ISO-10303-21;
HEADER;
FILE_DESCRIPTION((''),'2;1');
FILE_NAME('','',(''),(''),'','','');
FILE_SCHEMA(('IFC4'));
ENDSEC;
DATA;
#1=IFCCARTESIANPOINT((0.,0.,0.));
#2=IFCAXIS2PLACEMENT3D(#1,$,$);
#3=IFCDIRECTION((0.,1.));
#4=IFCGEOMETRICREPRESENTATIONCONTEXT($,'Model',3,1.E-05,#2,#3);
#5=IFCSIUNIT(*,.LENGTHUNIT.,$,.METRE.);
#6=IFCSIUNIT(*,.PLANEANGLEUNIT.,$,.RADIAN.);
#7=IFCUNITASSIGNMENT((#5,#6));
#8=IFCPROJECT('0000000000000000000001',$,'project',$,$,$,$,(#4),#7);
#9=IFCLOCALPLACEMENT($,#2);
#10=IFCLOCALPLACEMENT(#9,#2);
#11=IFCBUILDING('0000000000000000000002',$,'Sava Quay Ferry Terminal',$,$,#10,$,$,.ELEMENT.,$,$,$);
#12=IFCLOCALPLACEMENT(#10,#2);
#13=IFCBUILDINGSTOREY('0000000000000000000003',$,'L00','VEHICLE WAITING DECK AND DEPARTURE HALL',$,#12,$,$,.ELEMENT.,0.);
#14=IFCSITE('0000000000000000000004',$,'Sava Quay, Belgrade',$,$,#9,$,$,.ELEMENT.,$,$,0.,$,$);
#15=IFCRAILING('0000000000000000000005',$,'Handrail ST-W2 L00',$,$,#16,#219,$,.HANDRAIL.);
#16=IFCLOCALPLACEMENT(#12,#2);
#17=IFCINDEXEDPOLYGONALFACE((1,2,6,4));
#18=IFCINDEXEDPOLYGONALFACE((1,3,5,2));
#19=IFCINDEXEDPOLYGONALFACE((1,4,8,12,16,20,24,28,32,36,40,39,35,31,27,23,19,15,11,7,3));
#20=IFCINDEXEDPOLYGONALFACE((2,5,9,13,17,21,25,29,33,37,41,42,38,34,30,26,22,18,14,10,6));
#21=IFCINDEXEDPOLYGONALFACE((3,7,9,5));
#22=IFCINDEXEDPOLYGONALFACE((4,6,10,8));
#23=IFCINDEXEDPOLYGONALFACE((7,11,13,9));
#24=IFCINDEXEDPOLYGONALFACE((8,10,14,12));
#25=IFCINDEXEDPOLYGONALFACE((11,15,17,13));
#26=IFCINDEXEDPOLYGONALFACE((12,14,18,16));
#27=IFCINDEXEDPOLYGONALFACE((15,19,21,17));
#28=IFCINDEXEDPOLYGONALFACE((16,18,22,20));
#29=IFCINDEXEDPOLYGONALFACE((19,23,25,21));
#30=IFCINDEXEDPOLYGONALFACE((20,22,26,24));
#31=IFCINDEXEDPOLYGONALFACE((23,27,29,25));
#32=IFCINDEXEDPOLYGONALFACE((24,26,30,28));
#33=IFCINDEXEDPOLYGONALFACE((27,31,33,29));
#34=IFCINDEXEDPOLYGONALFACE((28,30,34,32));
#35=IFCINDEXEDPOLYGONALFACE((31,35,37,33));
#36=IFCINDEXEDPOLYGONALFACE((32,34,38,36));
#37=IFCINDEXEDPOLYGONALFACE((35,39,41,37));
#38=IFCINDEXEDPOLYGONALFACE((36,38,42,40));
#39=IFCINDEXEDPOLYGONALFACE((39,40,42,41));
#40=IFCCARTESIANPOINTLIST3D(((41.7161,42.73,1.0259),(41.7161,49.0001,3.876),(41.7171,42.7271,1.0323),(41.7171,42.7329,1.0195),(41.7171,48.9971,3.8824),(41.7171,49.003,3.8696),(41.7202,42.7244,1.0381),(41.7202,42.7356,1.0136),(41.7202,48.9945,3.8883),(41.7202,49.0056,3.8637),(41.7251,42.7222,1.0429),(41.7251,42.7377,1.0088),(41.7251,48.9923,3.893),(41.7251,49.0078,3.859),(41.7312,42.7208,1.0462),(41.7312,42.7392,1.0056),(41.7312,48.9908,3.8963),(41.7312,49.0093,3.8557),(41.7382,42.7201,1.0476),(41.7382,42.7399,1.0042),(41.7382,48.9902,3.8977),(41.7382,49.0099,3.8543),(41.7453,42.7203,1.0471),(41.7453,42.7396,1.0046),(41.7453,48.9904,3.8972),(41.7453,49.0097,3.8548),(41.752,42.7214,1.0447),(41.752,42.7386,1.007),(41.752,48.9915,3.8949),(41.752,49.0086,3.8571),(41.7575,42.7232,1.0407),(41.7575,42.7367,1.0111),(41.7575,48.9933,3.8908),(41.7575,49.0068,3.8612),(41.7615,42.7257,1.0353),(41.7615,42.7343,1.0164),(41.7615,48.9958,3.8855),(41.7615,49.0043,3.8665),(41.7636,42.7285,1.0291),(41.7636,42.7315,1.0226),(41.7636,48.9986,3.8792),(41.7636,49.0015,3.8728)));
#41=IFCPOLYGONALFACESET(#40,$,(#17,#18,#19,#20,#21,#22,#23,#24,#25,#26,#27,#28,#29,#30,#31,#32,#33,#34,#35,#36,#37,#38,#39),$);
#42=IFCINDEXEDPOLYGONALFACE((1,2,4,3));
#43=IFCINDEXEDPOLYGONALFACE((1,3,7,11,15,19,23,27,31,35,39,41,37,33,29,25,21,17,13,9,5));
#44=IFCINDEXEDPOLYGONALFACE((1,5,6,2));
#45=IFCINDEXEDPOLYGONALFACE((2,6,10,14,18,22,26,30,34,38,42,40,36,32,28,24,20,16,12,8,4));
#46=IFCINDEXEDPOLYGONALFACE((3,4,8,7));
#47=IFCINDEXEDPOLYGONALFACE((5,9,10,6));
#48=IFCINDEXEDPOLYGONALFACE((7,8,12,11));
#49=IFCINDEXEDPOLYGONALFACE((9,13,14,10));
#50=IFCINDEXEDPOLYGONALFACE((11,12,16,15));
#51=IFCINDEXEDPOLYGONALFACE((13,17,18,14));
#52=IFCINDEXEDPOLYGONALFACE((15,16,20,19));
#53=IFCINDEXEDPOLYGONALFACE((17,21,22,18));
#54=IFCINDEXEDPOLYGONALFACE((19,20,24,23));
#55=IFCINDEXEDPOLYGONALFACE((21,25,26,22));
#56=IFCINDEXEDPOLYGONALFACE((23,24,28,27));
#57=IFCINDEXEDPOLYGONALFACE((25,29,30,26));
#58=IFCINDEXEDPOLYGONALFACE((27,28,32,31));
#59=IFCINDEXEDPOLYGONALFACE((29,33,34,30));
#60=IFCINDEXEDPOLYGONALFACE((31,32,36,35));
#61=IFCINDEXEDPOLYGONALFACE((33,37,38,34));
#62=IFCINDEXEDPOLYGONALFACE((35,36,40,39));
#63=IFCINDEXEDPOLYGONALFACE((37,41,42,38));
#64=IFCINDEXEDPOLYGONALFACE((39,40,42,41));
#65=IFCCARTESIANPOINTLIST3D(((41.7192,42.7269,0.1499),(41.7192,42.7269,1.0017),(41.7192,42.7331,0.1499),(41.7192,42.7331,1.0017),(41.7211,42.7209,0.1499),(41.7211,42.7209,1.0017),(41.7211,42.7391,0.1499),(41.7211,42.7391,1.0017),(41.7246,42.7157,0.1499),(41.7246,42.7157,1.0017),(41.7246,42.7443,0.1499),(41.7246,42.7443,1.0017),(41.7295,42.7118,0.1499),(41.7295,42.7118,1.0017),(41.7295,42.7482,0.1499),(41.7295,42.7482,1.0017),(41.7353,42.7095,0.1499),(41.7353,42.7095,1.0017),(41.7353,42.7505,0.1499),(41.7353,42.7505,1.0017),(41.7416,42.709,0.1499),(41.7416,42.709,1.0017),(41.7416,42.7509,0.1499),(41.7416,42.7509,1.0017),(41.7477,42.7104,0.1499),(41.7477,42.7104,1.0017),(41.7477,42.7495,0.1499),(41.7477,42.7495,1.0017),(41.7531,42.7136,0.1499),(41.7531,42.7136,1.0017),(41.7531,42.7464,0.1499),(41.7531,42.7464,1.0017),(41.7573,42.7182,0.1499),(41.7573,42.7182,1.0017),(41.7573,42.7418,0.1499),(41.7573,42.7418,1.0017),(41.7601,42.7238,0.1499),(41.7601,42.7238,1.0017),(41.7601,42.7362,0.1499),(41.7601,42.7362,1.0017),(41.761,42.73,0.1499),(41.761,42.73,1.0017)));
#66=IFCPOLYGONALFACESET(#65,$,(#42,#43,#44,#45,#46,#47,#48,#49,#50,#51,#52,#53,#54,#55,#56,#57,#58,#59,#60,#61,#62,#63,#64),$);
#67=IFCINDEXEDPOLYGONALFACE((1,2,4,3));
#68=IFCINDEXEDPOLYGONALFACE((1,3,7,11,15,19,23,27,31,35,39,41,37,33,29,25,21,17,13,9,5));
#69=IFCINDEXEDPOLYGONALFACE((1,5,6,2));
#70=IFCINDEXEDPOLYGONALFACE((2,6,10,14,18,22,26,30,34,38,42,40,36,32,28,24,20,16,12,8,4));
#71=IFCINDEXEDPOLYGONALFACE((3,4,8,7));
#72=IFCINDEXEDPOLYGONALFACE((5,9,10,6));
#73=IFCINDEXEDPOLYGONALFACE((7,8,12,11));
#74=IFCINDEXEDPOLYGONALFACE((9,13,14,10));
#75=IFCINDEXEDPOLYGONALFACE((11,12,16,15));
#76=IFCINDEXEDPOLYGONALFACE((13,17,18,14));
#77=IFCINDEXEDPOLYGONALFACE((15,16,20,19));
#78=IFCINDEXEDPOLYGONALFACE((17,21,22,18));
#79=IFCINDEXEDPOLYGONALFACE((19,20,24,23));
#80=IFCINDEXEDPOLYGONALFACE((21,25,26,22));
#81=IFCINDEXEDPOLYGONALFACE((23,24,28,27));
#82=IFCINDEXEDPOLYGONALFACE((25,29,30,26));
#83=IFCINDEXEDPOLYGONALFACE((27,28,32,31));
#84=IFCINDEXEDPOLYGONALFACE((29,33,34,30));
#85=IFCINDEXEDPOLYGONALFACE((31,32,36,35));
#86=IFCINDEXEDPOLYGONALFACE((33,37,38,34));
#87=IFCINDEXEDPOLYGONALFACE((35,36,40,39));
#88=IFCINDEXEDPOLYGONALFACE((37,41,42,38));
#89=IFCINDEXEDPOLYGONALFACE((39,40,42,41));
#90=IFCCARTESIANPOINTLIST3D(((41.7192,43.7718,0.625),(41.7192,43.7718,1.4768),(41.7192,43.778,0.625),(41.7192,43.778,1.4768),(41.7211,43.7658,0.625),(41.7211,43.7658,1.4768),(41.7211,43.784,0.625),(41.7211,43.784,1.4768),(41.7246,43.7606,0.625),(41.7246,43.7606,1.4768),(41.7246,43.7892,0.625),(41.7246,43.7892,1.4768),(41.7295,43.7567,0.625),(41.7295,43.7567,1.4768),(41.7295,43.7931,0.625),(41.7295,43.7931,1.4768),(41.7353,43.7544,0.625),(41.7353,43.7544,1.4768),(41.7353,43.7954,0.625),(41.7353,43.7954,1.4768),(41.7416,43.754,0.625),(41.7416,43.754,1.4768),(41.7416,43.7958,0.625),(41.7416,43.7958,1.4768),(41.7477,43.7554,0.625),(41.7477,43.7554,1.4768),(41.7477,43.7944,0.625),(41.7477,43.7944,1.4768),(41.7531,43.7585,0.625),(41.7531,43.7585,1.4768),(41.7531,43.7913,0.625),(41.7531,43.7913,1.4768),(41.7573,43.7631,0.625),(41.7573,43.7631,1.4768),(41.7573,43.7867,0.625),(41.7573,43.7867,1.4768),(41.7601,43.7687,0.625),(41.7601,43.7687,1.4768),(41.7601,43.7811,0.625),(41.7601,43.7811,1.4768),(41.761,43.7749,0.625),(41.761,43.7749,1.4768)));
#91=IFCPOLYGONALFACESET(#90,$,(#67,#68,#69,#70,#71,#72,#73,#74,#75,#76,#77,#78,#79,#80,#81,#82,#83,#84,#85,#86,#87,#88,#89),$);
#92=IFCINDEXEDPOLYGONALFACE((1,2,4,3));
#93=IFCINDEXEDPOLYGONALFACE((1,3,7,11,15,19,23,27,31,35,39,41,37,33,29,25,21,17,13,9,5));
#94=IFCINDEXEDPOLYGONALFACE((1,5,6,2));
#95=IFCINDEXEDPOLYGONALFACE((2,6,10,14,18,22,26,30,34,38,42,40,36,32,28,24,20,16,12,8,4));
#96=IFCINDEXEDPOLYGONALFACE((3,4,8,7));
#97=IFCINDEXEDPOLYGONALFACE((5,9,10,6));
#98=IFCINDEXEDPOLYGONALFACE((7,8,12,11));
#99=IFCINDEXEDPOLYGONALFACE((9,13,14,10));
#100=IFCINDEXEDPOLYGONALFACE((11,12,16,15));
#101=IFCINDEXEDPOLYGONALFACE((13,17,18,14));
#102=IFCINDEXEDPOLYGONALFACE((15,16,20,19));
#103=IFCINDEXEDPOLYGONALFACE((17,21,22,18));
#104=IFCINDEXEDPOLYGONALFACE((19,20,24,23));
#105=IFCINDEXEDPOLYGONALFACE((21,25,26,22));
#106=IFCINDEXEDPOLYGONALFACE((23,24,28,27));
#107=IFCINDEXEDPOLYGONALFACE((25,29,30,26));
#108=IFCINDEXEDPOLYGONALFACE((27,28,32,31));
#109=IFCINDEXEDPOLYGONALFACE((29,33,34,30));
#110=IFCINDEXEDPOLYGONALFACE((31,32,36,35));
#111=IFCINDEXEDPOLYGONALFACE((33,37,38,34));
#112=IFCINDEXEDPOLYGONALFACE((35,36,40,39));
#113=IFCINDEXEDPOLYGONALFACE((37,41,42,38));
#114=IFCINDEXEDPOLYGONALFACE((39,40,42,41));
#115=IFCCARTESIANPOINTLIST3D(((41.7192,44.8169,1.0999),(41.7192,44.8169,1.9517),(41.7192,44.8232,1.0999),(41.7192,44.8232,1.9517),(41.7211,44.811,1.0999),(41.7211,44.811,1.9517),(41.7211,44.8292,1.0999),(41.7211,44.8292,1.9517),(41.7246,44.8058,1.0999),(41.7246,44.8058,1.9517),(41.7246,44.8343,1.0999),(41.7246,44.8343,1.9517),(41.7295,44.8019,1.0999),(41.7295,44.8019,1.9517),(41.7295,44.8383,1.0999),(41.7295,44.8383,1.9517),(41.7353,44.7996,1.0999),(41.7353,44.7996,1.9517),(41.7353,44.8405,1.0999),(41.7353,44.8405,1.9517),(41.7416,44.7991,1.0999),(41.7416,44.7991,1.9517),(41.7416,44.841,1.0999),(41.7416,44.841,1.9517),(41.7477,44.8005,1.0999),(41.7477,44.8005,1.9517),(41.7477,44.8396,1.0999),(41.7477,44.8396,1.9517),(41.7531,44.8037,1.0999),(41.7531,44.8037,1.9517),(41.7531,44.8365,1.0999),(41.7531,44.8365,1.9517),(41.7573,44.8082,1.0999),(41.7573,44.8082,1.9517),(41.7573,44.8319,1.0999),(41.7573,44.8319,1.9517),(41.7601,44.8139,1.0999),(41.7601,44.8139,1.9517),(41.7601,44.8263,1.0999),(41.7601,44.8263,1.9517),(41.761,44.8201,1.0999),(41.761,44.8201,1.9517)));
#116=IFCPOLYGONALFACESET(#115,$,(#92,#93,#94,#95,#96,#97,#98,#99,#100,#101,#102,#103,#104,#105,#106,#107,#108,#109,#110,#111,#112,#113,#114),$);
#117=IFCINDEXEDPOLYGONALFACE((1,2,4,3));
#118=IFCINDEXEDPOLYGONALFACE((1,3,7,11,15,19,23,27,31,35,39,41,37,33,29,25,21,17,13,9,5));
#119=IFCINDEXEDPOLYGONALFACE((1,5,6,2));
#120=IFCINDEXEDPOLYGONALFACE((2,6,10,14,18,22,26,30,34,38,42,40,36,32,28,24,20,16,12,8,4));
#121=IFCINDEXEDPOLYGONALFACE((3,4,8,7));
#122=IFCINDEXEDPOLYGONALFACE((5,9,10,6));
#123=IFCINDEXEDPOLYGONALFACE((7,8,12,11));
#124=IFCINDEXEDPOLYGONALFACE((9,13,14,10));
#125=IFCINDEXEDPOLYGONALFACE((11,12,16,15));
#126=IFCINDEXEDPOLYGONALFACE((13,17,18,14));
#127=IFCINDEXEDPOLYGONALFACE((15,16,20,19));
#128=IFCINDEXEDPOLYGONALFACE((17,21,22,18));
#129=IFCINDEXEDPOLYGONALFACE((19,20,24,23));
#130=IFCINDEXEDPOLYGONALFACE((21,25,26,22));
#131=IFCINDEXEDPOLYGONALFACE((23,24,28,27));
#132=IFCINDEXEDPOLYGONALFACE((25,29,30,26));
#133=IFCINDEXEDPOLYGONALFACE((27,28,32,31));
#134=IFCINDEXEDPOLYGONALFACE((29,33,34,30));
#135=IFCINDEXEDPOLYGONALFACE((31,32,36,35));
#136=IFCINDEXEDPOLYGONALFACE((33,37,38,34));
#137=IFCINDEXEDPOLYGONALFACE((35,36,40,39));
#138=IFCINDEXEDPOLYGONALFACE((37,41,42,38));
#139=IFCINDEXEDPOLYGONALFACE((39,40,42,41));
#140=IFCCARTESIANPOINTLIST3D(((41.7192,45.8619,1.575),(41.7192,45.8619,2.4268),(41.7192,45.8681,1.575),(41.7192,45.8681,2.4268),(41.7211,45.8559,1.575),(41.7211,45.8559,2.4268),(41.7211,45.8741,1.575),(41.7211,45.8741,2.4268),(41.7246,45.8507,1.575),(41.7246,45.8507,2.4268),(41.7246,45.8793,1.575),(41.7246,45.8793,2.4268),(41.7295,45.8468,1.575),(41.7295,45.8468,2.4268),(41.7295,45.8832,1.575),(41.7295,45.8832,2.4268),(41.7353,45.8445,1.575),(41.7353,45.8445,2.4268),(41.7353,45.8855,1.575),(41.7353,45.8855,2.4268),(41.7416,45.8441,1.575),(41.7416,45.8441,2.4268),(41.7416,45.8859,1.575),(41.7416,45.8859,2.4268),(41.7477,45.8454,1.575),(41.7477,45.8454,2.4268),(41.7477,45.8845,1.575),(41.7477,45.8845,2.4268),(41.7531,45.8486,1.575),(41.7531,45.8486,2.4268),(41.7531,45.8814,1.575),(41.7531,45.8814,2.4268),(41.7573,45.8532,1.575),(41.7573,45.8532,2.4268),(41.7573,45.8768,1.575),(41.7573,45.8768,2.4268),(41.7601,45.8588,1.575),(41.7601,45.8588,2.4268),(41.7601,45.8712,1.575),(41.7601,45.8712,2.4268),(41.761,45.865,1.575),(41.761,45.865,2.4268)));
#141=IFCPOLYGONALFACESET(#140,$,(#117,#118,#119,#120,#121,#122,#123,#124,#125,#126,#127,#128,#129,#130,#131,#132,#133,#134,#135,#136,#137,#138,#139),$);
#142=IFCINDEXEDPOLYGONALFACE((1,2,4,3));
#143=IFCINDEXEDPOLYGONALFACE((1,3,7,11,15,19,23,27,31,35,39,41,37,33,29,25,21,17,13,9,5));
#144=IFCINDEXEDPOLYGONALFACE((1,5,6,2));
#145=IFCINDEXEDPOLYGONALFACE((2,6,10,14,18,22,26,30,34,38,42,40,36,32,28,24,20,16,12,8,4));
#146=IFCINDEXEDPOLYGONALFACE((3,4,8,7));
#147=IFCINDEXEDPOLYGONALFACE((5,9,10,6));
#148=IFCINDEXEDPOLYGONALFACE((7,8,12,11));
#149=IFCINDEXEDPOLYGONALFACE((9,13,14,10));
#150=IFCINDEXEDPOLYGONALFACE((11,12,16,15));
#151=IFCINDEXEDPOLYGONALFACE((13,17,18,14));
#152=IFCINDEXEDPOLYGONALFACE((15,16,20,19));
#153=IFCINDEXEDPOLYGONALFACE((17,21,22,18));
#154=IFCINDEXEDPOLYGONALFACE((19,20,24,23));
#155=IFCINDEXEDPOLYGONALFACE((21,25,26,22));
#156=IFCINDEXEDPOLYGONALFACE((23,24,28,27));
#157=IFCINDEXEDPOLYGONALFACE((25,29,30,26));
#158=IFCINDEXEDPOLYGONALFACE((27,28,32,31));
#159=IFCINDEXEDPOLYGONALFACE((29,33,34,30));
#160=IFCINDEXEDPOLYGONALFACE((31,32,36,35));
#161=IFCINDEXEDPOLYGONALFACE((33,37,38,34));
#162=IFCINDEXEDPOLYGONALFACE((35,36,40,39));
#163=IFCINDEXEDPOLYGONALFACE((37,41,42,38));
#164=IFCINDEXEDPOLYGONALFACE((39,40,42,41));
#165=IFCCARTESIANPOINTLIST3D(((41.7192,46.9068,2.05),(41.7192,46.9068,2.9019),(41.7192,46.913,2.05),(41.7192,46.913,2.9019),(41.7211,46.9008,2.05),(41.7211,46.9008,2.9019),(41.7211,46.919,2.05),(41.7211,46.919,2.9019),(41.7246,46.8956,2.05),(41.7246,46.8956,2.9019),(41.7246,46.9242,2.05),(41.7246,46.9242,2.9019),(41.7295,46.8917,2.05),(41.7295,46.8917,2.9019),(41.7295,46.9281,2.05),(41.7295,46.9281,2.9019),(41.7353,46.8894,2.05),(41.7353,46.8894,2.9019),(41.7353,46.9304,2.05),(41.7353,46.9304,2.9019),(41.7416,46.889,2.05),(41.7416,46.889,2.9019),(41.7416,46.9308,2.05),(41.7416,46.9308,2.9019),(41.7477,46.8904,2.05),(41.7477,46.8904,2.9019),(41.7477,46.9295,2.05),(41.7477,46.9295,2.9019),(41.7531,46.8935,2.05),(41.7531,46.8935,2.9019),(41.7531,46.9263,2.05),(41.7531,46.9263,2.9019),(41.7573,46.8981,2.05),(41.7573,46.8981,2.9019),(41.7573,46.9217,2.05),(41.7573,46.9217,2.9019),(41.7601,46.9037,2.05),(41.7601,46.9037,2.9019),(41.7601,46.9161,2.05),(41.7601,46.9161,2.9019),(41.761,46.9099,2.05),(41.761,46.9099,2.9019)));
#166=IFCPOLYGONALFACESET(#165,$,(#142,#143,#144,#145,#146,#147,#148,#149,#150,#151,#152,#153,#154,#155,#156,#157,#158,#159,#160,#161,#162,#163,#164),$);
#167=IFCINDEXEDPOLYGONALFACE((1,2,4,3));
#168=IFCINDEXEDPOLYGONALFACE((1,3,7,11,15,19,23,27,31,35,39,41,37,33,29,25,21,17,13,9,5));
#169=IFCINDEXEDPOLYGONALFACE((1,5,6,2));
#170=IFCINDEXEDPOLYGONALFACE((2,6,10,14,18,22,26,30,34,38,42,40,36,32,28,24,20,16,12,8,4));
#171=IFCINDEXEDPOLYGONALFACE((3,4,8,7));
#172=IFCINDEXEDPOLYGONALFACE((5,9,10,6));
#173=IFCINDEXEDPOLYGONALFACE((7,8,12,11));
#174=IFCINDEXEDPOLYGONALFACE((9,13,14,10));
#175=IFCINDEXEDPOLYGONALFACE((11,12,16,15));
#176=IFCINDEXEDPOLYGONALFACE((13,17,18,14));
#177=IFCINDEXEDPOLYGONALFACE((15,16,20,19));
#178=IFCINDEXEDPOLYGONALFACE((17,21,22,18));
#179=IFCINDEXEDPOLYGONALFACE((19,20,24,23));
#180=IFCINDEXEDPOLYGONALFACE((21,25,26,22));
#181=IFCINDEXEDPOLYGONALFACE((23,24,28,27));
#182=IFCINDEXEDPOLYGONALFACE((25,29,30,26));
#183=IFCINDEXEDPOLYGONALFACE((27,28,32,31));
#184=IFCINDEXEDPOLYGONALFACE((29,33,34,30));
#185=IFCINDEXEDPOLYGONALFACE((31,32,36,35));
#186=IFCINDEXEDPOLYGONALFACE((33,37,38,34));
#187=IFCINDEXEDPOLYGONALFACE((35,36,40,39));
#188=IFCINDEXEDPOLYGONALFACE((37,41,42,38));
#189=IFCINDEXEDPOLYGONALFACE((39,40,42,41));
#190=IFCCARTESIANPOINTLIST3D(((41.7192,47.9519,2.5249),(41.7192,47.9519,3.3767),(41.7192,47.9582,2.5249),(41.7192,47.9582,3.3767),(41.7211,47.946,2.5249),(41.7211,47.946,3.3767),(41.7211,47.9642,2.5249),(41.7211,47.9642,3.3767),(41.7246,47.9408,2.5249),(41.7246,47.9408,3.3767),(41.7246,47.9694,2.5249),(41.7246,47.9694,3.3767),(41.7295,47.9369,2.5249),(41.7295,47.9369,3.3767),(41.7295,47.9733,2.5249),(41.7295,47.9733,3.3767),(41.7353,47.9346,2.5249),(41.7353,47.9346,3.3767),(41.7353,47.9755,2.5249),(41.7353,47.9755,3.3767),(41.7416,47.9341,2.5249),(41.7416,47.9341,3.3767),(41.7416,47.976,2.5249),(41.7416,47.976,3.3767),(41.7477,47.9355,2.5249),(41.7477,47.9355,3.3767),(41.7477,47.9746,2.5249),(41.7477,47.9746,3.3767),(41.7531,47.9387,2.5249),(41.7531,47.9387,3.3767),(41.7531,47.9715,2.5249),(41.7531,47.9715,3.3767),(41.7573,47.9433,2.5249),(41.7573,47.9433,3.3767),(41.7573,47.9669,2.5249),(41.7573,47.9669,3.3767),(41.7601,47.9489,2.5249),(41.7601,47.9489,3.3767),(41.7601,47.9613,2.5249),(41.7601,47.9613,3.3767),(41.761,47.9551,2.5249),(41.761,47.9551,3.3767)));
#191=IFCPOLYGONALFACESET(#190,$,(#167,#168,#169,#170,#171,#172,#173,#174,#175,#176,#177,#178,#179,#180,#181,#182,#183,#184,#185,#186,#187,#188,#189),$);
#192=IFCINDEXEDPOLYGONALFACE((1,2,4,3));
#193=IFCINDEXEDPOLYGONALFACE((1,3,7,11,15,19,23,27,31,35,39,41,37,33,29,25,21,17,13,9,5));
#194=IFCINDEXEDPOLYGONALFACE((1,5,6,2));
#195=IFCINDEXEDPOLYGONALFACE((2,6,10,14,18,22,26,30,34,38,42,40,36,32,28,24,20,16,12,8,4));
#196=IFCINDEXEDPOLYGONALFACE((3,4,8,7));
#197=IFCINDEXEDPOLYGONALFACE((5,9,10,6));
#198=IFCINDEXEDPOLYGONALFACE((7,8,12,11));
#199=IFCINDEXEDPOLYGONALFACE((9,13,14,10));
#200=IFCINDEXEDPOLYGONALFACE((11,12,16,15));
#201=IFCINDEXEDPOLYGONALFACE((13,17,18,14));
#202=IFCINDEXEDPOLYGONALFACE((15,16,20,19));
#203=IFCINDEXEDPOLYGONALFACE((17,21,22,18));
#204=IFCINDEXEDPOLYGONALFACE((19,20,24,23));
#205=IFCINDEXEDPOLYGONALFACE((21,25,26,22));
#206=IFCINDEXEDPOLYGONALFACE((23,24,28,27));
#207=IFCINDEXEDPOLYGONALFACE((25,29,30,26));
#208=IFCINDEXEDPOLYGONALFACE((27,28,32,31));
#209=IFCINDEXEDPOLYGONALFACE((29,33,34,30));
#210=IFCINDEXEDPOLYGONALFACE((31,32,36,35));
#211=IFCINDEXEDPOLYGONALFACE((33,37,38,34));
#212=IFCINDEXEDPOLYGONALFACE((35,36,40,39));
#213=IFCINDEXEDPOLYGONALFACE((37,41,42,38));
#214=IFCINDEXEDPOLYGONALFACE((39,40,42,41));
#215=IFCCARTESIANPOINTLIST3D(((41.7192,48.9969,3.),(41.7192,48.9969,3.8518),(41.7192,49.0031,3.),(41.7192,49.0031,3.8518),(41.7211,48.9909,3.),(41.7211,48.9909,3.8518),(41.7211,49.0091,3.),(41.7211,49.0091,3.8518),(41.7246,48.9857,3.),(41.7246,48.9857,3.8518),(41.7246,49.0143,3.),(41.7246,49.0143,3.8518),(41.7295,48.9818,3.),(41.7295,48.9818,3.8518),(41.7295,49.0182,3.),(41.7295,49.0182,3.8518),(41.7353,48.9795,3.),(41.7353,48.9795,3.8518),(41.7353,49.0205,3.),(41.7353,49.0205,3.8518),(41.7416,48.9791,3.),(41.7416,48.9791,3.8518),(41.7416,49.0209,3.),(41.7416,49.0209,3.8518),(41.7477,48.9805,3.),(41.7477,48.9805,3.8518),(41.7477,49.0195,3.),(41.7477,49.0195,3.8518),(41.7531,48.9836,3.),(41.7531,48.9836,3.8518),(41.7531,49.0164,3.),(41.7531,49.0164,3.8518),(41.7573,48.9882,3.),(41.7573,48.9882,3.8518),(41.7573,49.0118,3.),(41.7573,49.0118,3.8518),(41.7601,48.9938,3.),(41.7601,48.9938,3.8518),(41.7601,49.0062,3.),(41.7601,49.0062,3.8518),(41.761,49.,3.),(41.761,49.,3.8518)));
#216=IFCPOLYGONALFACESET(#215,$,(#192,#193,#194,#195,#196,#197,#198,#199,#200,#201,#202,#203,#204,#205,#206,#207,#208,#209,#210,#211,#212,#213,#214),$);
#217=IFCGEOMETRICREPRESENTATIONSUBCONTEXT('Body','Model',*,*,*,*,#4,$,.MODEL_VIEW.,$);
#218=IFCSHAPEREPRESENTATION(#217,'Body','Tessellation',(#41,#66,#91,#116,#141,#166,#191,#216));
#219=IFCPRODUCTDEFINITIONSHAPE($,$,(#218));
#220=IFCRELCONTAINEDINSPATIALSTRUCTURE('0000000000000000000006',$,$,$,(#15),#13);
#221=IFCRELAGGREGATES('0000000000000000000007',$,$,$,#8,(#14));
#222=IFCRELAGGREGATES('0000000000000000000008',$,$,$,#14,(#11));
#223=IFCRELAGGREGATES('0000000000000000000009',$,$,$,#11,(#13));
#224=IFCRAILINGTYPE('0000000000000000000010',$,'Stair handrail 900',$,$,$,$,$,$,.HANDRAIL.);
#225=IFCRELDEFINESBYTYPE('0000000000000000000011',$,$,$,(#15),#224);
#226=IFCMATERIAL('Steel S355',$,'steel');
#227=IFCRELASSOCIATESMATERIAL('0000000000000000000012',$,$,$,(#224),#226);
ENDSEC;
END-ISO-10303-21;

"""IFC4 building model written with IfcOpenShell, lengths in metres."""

from ifc_helpers import new_model, si_unit, direction, frame, origin, origin_2d, place, context, subcontext, project, spatial, circle, extrude, material, type_object, element, save


model = new_model("IFC4")

# Units and contexts
model_context = context("Model", 3, precision=1e-05, world=origin(), true_north=direction((0.0, 1.0)))
body_context = subcontext(model_context, "Body", "Model", "MODEL_VIEW")
ifc_project = project(units=[si_unit("LENGTHUNIT", "METRE"), si_unit("PLANEANGLEUNIT", "RADIAN")], contexts=[model_context])

# Site, building, storey
site_placement = place(None, origin())
site = spatial("IfcSite", under=ifc_project, at=site_placement, Name="Sava Quay, Belgrade", CompositionType="ELEMENT", RefElevation=0.0)
building_placement = place(site_placement, origin())
building = spatial("IfcBuilding", under=site, at=building_placement, Name="Sava Quay Ferry Terminal", CompositionType="ELEMENT")
storey_placement = place(building_placement, origin())
storey = spatial("IfcBuildingStorey", under=building, at=storey_placement, Name="L00", Description="VEHICLE WAITING DECK AND DEPARTURE HALL", CompositionType="ELEMENT", Elevation=0.0)

# Railing
ifc_material_1 = material(Name="Steel S355", Category="steel")
railing_type_1 = type_object("IfcRailingType", Name="Stair handrail 900", PredefinedType="HANDRAIL", material=ifc_material_1)
for number, where, name in (
    (1, (41.74, 42.73, 0.1499), "Handrail ST-W2 L00"),
):
    element("IfcRailing", number, at=place(storey_placement, frame(where)), inside=storey, type_object=railing_type_1, Name=name, PredefinedType="HANDRAIL", context=body_context, shape_type="SweptSolid", body=[
        extrude(circle(Radius=0.0239, at=origin_2d()), frame((0.0, 0.0, 0.876), z_axis=(0.0, 0.910362, 0.413814), x_axis=(-1.0, 0.0, 0.0)), (0.0, 0.0, 1.0), 6.8875),
        extrude(circle(Radius=0.021, at=origin_2d()), origin(), (0.0, 0.0, 1.0), 0.8518),
        extrude(circle(Radius=0.021, at=origin_2d()), frame((0.0, 1.0449, 0.4751)), (0.0, 0.0, 1.0), 0.8518),
        extrude(circle(Radius=0.021, at=origin_2d()), frame((0.0, 2.0901, 0.95)), (0.0, 0.0, 1.0), 0.8518),
        extrude(circle(Radius=0.021, at=origin_2d()), frame((0.0, 3.135, 1.425)), (0.0, 0.0, 1.0), 0.8518),
        extrude(circle(Radius=0.021, at=origin_2d()), frame((0.0, 4.1799, 1.9001)), (0.0, 0.0, 1.0), 0.8518),
        extrude(circle(Radius=0.021, at=origin_2d()), frame((0.0, 5.2251, 2.375)), (0.0, 0.0, 1.0), 0.8518),
        extrude(circle(Radius=0.021, at=origin_2d()), frame((0.0, 6.27, 2.8501)), (0.0, 0.0, 1.0), 0.8518),
    ])

save(model, "model.ifc")
